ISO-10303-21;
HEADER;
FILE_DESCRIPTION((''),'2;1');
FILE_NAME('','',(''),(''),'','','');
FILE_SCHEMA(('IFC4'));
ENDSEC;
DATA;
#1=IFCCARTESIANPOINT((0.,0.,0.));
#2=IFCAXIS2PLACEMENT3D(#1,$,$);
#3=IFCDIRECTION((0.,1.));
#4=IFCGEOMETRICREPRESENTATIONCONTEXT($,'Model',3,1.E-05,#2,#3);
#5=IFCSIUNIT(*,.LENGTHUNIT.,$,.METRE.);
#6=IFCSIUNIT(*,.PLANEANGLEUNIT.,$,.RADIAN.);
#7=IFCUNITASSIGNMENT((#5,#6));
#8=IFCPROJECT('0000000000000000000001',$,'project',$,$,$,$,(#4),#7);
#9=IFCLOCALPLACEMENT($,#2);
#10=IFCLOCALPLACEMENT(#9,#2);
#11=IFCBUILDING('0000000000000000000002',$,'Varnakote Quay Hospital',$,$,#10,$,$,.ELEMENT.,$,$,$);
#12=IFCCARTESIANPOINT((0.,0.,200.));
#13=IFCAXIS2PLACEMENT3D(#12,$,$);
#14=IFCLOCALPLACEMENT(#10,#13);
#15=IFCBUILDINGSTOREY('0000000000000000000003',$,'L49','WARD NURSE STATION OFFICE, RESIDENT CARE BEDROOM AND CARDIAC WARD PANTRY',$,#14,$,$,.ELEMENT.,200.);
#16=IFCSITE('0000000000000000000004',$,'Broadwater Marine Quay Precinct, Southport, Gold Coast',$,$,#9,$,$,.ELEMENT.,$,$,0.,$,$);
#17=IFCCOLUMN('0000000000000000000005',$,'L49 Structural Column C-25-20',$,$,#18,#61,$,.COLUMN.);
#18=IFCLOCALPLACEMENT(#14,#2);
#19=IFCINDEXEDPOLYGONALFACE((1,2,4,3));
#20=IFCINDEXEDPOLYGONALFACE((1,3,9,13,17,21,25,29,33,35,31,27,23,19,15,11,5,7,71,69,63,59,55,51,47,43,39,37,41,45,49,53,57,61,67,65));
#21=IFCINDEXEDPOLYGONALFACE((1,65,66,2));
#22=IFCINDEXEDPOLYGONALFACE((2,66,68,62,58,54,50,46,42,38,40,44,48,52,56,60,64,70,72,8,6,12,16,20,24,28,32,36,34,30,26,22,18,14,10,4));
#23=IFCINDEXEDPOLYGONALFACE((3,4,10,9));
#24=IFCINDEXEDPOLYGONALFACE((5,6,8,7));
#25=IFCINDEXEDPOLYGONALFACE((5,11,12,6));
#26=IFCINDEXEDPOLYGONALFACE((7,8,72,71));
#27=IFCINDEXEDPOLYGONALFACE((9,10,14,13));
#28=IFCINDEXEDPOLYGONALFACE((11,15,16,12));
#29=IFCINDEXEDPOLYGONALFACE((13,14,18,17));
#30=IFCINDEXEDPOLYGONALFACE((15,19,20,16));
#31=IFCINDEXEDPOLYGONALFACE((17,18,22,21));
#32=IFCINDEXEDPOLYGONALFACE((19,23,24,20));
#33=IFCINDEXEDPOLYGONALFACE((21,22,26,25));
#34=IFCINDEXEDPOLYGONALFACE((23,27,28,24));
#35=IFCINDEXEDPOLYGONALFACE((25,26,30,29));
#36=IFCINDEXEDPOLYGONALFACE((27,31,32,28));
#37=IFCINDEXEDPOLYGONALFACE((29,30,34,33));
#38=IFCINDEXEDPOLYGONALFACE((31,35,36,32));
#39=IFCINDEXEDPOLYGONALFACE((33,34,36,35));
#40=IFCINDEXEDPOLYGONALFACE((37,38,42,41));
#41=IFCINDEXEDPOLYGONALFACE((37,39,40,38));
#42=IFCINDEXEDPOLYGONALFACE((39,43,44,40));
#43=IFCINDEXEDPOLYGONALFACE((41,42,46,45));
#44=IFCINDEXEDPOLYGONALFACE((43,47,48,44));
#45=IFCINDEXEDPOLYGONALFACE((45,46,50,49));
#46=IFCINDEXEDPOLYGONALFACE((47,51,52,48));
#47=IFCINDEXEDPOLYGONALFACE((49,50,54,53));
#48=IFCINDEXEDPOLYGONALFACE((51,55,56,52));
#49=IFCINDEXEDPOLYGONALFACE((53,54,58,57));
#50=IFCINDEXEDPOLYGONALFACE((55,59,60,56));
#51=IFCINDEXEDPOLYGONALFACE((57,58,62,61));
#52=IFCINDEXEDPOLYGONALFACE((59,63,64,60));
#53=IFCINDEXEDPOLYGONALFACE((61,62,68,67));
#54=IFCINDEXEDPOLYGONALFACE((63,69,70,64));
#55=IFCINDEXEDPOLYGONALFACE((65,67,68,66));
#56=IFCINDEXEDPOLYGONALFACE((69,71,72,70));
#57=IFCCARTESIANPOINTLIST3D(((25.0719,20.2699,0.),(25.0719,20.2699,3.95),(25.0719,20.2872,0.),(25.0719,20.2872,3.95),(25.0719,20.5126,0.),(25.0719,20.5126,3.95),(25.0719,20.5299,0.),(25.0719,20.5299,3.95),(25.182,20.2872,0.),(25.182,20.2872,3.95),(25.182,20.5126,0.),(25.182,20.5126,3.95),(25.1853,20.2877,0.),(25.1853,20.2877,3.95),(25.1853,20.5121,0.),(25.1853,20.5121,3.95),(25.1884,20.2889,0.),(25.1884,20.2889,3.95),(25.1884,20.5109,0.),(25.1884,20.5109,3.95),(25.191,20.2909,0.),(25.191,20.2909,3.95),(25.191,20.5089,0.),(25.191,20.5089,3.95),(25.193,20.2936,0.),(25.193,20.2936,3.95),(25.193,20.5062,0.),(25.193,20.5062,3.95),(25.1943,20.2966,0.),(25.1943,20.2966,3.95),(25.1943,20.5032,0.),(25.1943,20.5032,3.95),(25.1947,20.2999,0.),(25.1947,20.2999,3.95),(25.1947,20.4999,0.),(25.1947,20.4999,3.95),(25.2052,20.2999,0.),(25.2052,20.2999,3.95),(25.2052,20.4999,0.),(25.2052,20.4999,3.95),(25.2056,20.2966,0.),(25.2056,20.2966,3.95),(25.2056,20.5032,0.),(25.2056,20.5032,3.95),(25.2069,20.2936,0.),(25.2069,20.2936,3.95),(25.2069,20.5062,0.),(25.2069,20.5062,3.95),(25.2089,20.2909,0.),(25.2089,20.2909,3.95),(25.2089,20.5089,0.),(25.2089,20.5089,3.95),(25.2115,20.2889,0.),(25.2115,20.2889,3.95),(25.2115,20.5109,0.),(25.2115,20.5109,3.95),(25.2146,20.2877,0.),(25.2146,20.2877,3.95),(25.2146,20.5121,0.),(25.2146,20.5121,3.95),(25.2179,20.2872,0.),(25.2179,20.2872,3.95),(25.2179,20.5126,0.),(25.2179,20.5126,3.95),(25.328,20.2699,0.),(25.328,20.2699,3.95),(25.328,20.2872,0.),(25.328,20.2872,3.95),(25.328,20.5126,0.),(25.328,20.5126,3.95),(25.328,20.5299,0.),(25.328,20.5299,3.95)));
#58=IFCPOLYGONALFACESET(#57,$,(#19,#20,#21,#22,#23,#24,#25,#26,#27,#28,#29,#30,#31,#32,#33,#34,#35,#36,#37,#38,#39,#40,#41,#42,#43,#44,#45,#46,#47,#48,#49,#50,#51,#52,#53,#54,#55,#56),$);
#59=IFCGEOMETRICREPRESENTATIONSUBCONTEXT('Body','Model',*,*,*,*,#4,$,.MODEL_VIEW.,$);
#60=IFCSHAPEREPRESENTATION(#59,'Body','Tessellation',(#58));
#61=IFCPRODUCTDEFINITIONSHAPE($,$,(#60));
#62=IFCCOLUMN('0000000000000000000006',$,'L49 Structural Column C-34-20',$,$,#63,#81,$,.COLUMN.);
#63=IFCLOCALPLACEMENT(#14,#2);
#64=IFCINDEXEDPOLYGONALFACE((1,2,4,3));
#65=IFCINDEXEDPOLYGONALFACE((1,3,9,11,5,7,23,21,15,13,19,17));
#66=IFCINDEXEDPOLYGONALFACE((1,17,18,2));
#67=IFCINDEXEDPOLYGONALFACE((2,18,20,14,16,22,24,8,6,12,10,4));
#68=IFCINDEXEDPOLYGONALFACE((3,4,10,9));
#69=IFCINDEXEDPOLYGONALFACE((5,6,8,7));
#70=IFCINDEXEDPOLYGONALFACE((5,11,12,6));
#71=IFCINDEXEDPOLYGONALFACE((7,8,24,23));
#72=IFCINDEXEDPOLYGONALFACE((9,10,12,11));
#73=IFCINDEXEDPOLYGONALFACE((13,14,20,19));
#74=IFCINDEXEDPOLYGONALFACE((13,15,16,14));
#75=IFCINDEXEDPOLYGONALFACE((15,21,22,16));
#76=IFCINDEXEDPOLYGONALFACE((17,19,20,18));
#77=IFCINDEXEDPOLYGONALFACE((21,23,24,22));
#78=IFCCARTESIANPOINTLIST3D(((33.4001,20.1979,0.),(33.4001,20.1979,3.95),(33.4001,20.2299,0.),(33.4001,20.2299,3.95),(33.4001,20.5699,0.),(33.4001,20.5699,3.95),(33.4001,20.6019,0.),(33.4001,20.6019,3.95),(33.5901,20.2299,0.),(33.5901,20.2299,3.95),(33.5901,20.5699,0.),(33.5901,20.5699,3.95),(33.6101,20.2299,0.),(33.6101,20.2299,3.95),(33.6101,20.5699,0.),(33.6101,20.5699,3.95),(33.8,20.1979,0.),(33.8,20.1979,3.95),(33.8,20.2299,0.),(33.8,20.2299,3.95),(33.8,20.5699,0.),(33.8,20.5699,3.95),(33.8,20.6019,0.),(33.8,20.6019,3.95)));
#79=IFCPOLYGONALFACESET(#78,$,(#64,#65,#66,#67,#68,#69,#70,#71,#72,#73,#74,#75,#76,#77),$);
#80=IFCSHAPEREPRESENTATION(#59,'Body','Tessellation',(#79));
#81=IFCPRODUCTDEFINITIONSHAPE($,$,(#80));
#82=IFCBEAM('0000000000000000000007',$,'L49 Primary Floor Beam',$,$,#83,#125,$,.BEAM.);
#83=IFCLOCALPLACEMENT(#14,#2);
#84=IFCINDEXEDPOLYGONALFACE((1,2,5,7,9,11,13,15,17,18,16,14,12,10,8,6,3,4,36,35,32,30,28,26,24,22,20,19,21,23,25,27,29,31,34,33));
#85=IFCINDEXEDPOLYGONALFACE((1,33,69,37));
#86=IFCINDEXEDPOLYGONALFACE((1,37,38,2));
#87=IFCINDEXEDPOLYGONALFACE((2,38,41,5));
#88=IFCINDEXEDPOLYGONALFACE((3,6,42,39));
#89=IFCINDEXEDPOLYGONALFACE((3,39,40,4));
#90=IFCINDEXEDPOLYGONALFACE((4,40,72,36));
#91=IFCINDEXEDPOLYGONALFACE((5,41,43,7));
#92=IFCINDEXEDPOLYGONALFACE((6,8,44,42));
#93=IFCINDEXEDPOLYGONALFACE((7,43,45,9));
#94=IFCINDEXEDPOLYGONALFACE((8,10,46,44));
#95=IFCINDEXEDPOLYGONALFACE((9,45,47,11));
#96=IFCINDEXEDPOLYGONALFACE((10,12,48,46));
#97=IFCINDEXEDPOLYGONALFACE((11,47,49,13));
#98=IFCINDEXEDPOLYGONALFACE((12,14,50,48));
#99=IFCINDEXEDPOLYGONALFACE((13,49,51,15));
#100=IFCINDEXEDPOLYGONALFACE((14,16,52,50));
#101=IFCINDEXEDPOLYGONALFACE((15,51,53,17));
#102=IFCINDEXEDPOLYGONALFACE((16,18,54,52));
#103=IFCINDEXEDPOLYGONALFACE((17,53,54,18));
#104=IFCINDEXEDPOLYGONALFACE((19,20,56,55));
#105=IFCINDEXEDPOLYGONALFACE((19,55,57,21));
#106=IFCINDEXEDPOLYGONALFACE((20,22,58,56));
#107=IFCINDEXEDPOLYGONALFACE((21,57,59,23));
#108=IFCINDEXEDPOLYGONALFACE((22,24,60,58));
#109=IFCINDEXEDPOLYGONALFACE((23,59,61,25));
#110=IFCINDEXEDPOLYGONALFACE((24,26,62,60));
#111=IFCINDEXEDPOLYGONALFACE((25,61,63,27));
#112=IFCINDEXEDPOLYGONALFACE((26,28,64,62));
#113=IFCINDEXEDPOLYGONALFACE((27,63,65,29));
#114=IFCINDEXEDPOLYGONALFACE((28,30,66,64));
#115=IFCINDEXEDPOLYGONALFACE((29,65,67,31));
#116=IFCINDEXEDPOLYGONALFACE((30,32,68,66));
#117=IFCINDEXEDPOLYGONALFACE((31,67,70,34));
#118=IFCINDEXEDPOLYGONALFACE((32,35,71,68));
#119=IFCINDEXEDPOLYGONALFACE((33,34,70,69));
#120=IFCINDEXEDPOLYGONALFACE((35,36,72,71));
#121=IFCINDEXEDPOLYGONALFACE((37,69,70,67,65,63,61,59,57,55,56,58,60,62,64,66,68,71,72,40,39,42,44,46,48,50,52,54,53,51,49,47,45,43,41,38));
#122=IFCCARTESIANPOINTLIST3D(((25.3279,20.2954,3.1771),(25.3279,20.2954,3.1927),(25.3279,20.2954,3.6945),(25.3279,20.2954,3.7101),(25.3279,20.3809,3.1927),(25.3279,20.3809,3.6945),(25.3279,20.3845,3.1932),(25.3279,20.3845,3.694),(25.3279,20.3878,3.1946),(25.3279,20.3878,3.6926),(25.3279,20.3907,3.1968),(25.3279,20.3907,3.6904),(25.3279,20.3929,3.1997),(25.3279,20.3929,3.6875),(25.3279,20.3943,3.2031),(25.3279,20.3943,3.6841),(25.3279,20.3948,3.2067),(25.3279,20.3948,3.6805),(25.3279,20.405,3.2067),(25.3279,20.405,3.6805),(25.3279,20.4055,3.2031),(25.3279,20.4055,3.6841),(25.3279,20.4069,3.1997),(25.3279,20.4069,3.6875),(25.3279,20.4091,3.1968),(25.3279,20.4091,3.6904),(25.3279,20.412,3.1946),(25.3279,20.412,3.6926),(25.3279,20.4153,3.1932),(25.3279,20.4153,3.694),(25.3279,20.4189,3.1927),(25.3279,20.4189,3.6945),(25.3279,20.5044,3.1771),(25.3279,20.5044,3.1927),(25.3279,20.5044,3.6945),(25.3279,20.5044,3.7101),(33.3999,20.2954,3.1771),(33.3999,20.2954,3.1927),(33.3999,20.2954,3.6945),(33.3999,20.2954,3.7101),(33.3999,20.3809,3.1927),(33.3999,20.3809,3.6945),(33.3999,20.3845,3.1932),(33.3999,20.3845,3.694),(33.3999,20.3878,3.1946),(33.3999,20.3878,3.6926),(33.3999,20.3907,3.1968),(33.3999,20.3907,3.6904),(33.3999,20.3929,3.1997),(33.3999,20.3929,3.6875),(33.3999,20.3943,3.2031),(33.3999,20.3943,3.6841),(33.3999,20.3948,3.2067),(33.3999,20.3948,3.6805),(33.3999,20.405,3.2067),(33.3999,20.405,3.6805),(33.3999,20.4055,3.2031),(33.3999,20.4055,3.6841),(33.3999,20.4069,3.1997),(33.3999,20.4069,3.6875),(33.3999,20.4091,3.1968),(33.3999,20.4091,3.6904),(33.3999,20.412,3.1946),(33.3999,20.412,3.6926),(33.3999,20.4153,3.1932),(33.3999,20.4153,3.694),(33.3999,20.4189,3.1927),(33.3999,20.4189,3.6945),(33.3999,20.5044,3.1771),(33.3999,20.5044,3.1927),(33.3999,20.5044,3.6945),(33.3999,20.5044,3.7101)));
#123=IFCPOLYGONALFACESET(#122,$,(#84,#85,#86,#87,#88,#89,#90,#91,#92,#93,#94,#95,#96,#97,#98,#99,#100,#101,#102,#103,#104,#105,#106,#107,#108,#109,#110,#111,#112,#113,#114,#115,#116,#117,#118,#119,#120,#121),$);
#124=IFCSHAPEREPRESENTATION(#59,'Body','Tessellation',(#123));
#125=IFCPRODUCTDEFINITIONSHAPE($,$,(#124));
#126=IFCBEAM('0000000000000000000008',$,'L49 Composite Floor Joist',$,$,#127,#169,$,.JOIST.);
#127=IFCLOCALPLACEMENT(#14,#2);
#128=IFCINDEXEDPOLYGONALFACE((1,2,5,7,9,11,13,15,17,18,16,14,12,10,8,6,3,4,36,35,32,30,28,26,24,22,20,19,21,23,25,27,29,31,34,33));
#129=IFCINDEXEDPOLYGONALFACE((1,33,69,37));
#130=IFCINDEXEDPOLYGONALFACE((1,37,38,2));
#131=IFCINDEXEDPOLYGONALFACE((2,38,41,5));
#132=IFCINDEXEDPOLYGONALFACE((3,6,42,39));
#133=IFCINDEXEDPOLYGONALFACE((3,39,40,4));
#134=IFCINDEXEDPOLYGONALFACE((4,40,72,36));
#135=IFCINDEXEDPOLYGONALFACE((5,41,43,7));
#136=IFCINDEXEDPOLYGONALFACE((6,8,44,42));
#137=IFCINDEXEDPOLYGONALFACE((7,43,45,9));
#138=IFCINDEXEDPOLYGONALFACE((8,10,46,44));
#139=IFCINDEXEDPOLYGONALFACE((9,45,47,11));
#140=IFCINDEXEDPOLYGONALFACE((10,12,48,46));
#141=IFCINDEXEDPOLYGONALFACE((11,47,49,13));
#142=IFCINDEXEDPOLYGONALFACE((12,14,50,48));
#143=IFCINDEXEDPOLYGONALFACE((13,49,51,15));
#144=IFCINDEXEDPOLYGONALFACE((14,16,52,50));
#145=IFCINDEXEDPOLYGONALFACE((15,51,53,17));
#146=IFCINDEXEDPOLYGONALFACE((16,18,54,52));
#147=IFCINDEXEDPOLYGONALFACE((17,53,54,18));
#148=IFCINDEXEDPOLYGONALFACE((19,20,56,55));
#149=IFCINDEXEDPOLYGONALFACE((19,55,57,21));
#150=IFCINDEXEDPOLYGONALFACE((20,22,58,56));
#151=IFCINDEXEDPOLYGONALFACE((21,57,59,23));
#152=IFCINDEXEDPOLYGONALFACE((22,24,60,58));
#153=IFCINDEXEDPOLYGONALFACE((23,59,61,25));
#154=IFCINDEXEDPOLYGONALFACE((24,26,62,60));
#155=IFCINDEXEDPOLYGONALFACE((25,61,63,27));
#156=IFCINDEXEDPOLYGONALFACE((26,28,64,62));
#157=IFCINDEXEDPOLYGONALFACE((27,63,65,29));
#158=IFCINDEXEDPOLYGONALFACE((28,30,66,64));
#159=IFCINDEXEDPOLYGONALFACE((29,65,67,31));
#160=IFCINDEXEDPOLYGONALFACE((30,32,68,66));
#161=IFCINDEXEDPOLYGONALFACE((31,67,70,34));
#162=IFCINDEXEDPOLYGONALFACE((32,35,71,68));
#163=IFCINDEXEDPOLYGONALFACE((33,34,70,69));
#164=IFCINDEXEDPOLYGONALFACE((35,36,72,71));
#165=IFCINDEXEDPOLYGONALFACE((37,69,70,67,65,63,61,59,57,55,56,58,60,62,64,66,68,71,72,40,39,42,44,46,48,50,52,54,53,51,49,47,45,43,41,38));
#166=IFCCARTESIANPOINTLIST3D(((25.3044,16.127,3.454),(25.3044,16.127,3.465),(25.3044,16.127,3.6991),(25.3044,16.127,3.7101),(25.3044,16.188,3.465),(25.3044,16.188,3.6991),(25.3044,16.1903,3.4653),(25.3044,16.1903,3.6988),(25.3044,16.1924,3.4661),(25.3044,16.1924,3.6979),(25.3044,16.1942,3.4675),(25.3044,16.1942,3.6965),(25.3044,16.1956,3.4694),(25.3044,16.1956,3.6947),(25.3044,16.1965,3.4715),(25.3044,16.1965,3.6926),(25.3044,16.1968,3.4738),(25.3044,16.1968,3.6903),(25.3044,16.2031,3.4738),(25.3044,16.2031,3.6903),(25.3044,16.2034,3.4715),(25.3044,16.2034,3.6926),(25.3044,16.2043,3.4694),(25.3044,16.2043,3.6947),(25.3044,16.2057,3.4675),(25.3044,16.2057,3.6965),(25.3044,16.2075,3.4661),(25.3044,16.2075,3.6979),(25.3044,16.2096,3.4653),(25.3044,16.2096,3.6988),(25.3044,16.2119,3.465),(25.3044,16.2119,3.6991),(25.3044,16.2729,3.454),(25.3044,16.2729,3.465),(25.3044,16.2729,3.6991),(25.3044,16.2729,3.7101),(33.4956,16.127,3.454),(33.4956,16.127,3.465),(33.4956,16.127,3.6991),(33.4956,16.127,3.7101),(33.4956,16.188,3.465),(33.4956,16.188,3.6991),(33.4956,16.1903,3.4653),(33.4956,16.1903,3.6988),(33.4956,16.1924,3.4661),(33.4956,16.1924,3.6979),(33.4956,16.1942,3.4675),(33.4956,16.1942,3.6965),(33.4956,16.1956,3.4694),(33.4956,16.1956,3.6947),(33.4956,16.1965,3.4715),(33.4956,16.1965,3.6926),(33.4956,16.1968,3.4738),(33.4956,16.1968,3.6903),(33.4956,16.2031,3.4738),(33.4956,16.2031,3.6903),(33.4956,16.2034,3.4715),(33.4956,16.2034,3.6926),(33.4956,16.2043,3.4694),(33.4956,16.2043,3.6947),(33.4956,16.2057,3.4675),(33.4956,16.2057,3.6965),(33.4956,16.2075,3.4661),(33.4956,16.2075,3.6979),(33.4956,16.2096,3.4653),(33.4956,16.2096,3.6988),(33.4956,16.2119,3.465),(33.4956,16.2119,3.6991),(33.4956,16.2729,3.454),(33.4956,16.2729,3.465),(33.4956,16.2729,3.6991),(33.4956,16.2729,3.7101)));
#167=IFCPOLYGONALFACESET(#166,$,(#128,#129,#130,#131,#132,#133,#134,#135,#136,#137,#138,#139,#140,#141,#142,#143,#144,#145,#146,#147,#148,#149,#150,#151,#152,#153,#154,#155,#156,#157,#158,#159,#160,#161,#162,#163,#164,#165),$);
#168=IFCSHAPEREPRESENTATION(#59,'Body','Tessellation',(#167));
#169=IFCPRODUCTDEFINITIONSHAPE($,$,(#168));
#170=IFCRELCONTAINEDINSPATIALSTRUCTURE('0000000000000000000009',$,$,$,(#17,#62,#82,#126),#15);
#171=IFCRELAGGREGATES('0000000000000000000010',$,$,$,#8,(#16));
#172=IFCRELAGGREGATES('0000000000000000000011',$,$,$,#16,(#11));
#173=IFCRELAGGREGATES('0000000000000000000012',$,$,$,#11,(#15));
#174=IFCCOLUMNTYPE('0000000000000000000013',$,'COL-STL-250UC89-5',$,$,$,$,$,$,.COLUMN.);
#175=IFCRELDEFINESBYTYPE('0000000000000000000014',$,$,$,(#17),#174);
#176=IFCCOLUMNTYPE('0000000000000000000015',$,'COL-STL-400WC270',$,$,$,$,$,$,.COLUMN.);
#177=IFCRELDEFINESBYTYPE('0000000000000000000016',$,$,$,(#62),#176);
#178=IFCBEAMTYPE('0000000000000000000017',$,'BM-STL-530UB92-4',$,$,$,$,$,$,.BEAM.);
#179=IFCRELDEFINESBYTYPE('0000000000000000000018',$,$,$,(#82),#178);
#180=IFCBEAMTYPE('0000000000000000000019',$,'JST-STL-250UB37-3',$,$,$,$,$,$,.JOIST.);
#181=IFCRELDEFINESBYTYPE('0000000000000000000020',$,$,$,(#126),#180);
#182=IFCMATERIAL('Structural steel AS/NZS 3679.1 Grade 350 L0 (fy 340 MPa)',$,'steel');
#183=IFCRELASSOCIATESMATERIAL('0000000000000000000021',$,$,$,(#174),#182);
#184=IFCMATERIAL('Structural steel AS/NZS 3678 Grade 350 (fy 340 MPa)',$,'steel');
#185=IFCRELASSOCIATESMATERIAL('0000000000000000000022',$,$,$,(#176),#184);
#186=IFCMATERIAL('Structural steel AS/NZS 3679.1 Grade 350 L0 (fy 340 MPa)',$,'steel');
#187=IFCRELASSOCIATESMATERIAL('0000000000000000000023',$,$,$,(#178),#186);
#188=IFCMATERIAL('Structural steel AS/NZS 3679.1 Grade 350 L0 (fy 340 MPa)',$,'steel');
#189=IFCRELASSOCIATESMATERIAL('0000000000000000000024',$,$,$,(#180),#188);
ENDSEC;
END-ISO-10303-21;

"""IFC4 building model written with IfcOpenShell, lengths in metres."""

from ifc_helpers import new_model, si_unit, direction, frame, origin, origin_2d, place, context, subcontext, project, spatial, i_section, extrude, material, material_profile, profile_set, type_object, element, save


model = new_model("IFC4")

# Units and contexts
model_context = context("Model", 3, precision=1e-05, world=origin(), true_north=direction((0.0, 1.0)))
body_context = subcontext(model_context, "Body", "Model", "MODEL_VIEW")
ifc_project = project(units=[si_unit("LENGTHUNIT", "METRE"), si_unit("PLANEANGLEUNIT", "RADIAN")], contexts=[model_context])

# Site, building, storey
site_placement = place(None, origin())
site = spatial("IfcSite", under=ifc_project, at=site_placement, Name="Broadwater Marine Quay Precinct, Southport, Gold Coast", CompositionType="ELEMENT", RefElevation=0.0)
building_placement = place(site_placement, origin())
building = spatial("IfcBuilding", under=site, at=building_placement, Name="Varnakote Quay Hospital", CompositionType="ELEMENT")
storey_placement = place(building_placement, frame((0.0, 0.0, 200.0)))
storey = spatial("IfcBuildingStorey", under=building, at=storey_placement, Name="L49", Description="WARD NURSE STATION OFFICE, RESIDENT CARE BEDROOM AND CARDIAC WARD PANTRY", CompositionType="ELEMENT", Elevation=200.0)

# Columns
ifc_material_1 = material(Name="Structural steel AS/NZS 3679.1 Grade 350 L0 (fy 340 MPa)", Category="steel")
ifc_material_profile_1 = material_profile(ifc_material_1, i_section(OverallWidth=0.2561, OverallDepth=0.26, WebThickness=0.0105, FlangeThickness=0.0173, FilletRadius=0.0127, at=origin_2d()), Name="250UC89.5")
ifc_profile_set_1 = profile_set([ifc_material_profile_1], Name="Structural steel AS/NZS 3679.1 Grade 350 L0 (fy 340 MPa)")
column_type_1 = type_object("IfcColumnType", Name="COL-STL-250UC89-5", PredefinedType="COLUMN", material=ifc_profile_set_1)
column_1_placement = place(storey_placement, frame((25.2, 20.3999, 0.0), z_axis=(0.0, 0.0, 1.0), x_axis=(1.0, 0.0, 0.0)))
element("IfcColumn", 1, at=column_1_placement, inside=storey, type_object=column_type_1, Name="L49 Structural Column C-25-20", PredefinedType="COLUMN", context=body_context, shape_type="SweptSolid", body=[
    extrude(i_section(OverallWidth=0.2561, OverallDepth=0.26, WebThickness=0.0105, FlangeThickness=0.0173, FilletRadius=0.0127, at=origin_2d()), origin(), (0.0, 0.0, 1.0), 3.95),
])
ifc_material_2 = material(Name="Structural steel AS/NZS 3678 Grade 350 (fy 340 MPa)", Category="steel")
ifc_material_profile_2 = material_profile(ifc_material_2, i_section(OverallWidth=0.3999, OverallDepth=0.4041, WebThickness=0.02, FlangeThickness=0.032, at=origin_2d()), Name="400WC270")
ifc_profile_set_2 = profile_set([ifc_material_profile_2], Name="Structural steel AS/NZS 3678 Grade 350 (fy 340 MPa)")
column_type_2 = type_object("IfcColumnType", Name="COL-STL-400WC270", PredefinedType="COLUMN", material=ifc_profile_set_2)
column_2_placement = place(storey_placement, frame((33.6001, 20.3999, 0.0), z_axis=(0.0, 0.0, 1.0), x_axis=(1.0, 0.0, 0.0)))
element("IfcColumn", 2, at=column_2_placement, inside=storey, type_object=column_type_2, Name="L49 Structural Column C-34-20", PredefinedType="COLUMN", context=body_context, shape_type="SweptSolid", body=[
    extrude(i_section(OverallWidth=0.3999, OverallDepth=0.4041, WebThickness=0.02, FlangeThickness=0.032, at=origin_2d()), origin(), (0.0, 0.0, 1.0), 3.95),
])

# Beams
ifc_material_3 = material(Name="Structural steel AS/NZS 3679.1 Grade 350 L0 (fy 340 MPa)", Category="steel")
ifc_material_profile_3 = material_profile(ifc_material_3, i_section(OverallWidth=0.209, OverallDepth=0.533, WebThickness=0.0103, FlangeThickness=0.0156, FilletRadius=0.0139, at=origin_2d()), Name="530UB92.4")
ifc_profile_set_3 = profile_set([ifc_material_profile_3], Name="Structural steel AS/NZS 3679.1 Grade 350 L0 (fy 340 MPa)")
beam_type_1 = type_object("IfcBeamType", Name="BM-STL-530UB92-4", PredefinedType="BEAM", material=ifc_profile_set_3)
beam_1_placement = place(storey_placement, frame((25.3279, 20.3999, 3.4436), z_axis=(1.0, 0.0, 0.0), x_axis=(0.0, 1.0, 0.0)))
element("IfcBeam", 3, at=beam_1_placement, inside=storey, type_object=beam_type_1, Name="L49 Primary Floor Beam", PredefinedType="BEAM", context=body_context, shape_type="SweptSolid", body=[
    extrude(i_section(OverallWidth=0.209, OverallDepth=0.533, WebThickness=0.0103, FlangeThickness=0.0156, FilletRadius=0.0139, at=origin_2d()), origin(), (0.0, 0.0, 1.0), 8.072),
])
ifc_material_4 = material(Name="Structural steel AS/NZS 3679.1 Grade 350 L0 (fy 340 MPa)", Category="steel")
ifc_material_profile_4 = material_profile(ifc_material_4, i_section(OverallWidth=0.146, OverallDepth=0.2561, WebThickness=0.0063, FlangeThickness=0.011, FilletRadius=0.0088, at=origin_2d()), Name="250UB37.3")
ifc_profile_set_4 = profile_set([ifc_material_profile_4], Name="Structural steel AS/NZS 3679.1 Grade 350 L0 (fy 340 MPa)")
beam_type_2 = type_object("IfcBeamType", Name="JST-STL-250UB37-3", PredefinedType="JOIST", material=ifc_profile_set_4)
beam_2_placement = place(storey_placement, frame((25.3044, 16.2, 3.582), z_axis=(1.0, 0.0, 0.0), x_axis=(0.0, 1.0, 0.0)))
element("IfcBeam", 4, at=beam_2_placement, inside=storey, type_object=beam_type_2, Name="L49 Composite Floor Joist", PredefinedType="JOIST", context=body_context, shape_type="SweptSolid", body=[
    extrude(i_section(OverallWidth=0.146, OverallDepth=0.2561, WebThickness=0.0063, FlangeThickness=0.011, FilletRadius=0.0088, at=origin_2d()), origin(), (0.0, 0.0, 1.0), 8.1912),
])

save(model, "model.ifc")
